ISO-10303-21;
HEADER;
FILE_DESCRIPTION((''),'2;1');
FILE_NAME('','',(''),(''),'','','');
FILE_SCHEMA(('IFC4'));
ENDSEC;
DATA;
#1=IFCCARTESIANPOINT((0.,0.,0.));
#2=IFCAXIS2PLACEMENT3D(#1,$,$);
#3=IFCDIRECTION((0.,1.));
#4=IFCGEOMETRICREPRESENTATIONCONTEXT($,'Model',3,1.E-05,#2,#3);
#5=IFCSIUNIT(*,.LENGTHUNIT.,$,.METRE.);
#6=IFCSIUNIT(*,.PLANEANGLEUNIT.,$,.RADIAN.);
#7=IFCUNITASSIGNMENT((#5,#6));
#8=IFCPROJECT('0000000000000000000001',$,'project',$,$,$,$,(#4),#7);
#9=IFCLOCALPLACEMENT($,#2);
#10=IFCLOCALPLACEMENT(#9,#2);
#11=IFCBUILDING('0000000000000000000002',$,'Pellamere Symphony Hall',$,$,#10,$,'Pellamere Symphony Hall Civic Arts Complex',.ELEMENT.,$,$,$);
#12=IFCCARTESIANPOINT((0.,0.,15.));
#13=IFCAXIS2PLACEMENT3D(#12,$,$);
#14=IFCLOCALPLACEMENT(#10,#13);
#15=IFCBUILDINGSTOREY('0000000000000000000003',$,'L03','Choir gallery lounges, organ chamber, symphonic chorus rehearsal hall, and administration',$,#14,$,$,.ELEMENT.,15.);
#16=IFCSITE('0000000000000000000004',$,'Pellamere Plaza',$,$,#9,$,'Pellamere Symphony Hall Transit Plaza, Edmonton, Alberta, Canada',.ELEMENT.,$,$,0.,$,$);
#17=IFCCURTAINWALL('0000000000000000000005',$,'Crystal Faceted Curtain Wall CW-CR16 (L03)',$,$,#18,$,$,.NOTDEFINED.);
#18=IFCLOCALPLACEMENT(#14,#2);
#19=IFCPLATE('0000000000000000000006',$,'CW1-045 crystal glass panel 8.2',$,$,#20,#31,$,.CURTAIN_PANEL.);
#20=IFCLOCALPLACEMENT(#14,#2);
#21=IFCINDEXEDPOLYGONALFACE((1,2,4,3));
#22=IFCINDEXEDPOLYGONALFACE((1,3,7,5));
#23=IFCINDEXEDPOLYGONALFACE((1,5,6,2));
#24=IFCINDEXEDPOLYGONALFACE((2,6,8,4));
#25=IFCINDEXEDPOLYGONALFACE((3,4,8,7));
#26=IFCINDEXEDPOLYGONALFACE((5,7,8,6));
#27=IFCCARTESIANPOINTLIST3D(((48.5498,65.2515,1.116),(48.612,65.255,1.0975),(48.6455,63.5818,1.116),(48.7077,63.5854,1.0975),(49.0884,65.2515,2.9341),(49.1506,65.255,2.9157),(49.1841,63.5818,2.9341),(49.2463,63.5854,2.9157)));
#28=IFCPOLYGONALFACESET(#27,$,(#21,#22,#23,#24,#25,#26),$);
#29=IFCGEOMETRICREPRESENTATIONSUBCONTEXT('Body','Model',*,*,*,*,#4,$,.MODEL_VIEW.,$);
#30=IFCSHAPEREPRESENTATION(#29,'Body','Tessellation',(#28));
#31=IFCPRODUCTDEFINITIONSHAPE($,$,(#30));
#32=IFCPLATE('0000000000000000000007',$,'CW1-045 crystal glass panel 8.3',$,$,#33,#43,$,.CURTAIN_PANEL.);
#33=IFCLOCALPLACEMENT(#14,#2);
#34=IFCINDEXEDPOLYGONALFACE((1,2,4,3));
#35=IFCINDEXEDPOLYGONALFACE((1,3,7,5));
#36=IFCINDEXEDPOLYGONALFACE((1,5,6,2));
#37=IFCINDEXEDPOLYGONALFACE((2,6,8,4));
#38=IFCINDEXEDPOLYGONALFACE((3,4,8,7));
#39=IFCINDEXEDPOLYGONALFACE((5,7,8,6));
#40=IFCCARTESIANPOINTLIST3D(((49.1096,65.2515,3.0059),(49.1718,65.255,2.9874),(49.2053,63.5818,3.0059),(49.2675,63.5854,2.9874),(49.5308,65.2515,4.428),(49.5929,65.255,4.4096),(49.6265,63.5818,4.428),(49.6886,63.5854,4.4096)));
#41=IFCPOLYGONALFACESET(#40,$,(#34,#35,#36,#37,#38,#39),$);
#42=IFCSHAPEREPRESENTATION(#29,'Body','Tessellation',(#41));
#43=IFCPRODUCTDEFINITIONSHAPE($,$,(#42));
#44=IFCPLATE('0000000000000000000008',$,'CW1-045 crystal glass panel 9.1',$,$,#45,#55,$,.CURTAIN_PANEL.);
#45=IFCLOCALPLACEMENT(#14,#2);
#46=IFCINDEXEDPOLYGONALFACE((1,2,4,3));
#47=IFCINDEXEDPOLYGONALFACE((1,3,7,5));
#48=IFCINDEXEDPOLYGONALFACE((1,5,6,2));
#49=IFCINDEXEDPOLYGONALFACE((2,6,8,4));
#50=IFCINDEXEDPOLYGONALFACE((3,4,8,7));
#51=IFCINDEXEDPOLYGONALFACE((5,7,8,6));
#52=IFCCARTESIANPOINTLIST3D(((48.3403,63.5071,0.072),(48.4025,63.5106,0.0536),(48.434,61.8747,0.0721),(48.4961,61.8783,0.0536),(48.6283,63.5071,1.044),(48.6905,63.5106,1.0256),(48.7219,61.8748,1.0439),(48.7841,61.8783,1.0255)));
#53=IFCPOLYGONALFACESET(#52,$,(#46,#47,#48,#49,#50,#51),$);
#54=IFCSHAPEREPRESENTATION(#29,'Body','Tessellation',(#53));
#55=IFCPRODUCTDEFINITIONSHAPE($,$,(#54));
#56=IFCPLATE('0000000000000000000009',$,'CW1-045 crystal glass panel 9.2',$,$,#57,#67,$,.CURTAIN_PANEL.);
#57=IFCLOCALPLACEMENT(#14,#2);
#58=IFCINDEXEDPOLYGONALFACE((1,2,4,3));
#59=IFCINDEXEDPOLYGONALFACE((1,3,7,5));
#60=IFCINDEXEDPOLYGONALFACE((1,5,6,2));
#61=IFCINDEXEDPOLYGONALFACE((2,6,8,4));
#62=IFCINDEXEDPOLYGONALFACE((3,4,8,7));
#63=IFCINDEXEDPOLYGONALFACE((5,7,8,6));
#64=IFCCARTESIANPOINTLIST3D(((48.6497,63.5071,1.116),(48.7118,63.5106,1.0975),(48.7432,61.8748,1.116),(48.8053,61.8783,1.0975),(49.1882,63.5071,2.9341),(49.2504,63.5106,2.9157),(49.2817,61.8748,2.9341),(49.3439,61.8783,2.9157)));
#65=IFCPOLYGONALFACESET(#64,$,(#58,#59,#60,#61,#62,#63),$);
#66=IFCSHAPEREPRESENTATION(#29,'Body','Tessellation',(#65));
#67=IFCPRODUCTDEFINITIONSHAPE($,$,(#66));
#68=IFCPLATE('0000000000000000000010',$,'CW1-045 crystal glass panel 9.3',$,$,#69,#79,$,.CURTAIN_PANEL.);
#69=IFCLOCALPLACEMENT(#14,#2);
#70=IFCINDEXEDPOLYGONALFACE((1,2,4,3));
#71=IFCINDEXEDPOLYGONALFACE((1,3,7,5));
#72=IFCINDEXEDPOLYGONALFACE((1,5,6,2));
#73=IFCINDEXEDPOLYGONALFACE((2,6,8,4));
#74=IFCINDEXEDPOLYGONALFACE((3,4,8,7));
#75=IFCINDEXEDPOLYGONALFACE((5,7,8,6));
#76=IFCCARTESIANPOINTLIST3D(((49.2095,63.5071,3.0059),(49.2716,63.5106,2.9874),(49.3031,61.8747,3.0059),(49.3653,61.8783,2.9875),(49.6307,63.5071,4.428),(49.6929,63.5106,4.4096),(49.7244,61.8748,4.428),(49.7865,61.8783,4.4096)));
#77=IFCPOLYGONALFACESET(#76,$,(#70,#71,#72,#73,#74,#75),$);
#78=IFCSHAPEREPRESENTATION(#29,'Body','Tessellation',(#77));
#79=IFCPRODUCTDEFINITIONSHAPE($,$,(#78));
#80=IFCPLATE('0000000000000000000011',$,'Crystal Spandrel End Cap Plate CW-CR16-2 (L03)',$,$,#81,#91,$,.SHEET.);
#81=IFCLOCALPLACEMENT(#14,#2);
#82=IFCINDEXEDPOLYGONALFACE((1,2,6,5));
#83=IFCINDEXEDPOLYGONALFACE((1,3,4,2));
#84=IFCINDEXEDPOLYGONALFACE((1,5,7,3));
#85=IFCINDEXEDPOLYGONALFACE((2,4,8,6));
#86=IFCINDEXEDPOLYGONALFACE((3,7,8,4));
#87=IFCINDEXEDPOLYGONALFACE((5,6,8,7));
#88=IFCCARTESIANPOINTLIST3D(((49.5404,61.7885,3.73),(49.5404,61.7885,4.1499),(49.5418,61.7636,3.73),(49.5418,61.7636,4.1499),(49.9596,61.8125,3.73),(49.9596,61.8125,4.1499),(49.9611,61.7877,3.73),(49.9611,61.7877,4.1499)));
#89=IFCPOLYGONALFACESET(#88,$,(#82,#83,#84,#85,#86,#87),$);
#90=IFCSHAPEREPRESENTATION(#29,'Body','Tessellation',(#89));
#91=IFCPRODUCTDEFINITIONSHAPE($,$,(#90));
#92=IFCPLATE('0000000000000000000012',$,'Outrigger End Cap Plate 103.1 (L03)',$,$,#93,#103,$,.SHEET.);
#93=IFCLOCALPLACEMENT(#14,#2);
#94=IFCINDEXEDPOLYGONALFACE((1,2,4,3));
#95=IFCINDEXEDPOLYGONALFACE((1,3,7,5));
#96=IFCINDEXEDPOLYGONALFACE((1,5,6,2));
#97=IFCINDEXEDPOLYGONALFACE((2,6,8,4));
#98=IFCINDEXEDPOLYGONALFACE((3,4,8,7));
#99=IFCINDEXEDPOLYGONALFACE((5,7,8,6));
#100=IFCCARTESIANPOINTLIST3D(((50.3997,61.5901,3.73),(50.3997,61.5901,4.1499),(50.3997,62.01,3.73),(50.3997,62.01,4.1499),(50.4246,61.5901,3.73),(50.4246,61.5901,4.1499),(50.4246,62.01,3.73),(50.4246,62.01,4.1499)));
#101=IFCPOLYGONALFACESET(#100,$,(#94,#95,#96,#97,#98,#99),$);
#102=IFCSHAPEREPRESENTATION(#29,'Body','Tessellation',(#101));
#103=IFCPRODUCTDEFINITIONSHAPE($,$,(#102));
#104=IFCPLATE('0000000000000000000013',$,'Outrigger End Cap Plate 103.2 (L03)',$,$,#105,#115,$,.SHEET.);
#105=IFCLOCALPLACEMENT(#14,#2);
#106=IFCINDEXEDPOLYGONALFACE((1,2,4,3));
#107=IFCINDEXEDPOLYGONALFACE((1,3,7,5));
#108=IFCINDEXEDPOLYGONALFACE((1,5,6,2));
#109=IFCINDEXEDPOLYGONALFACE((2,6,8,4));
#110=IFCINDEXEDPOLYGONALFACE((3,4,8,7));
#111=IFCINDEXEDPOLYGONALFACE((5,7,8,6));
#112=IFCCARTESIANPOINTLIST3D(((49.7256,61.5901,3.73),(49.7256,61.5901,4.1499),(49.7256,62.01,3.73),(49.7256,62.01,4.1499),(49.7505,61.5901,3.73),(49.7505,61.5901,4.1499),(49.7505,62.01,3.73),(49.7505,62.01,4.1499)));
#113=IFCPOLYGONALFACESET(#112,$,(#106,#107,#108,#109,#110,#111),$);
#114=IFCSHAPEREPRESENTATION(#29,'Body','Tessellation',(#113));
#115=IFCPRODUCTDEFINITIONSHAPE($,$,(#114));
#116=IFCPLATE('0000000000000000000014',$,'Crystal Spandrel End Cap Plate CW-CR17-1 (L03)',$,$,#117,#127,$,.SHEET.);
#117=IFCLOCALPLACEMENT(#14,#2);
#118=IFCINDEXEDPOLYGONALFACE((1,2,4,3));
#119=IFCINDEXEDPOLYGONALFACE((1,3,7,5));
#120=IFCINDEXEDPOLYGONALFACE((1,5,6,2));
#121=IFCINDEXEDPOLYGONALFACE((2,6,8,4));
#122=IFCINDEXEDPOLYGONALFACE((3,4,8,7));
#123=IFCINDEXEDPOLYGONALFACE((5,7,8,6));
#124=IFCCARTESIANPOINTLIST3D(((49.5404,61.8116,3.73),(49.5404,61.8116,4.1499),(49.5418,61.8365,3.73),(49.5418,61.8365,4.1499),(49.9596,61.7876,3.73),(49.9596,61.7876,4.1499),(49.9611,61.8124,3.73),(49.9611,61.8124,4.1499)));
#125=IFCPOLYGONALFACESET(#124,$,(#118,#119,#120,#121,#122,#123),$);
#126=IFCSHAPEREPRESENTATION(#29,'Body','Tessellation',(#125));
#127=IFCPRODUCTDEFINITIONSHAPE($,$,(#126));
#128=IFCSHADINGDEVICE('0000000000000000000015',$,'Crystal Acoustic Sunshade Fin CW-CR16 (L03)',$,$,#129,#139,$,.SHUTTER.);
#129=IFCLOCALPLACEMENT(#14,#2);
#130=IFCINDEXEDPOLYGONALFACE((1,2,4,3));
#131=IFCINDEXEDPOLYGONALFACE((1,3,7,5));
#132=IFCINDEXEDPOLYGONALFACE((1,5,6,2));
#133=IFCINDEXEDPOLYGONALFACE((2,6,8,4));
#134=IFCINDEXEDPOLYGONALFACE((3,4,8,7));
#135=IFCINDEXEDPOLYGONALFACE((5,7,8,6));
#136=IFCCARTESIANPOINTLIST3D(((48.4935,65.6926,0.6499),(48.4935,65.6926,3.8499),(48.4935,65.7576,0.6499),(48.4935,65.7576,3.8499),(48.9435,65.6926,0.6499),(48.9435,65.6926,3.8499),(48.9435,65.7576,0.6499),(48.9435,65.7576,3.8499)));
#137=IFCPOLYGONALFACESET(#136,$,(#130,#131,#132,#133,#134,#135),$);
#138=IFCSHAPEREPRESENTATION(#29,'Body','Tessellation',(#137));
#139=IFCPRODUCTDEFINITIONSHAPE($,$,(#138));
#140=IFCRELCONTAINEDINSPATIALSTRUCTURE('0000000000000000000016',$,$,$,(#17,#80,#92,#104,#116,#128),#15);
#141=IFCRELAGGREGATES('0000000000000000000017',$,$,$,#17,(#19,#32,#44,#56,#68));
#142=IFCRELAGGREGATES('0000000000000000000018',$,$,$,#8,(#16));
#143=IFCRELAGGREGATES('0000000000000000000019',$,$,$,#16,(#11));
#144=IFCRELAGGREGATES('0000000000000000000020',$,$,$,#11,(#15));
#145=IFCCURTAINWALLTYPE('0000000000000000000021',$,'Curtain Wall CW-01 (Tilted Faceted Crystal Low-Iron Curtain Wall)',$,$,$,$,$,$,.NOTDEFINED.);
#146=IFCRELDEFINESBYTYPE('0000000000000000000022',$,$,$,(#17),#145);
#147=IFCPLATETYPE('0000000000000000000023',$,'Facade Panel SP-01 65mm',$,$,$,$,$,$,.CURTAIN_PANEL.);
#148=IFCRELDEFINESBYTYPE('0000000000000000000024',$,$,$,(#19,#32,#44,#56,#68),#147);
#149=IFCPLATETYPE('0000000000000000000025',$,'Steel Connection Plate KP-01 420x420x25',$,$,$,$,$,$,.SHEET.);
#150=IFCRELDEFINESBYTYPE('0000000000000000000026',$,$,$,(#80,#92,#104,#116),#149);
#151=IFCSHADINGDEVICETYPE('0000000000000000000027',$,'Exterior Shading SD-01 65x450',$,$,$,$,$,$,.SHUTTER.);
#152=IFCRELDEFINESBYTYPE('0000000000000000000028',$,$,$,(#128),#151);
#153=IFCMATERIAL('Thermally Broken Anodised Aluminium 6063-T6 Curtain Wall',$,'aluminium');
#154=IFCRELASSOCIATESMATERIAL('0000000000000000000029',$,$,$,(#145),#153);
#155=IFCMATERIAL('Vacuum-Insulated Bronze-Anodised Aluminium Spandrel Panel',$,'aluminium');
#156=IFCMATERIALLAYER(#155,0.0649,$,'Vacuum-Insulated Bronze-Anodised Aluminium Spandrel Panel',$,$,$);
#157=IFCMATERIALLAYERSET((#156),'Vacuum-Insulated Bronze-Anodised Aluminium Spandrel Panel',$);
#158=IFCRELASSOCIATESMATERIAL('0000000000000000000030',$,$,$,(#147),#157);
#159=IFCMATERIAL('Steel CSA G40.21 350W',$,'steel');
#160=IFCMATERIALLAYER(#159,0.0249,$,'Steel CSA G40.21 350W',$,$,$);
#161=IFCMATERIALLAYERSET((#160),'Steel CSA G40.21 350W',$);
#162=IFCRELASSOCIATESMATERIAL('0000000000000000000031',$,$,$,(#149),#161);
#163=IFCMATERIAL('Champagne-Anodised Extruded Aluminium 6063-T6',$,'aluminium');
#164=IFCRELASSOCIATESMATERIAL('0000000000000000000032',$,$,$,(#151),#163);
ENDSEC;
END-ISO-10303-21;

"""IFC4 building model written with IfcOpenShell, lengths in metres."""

from ifc_helpers import new_model, si_unit, direction, frame, origin, origin_2d, place, context, subcontext, project, spatial, polyline, rectangle, outline, extrude, material, layer, layer_set, type_object, element, aggregate, save


model = new_model("IFC4")

# Units and contexts
model_context = context("Model", 3, precision=1e-05, world=origin(), true_north=direction((0.0, 1.0)))
body_context = subcontext(model_context, "Body", "Model", "MODEL_VIEW")
ifc_project = project(units=[si_unit("LENGTHUNIT", "METRE"), si_unit("PLANEANGLEUNIT", "RADIAN")], contexts=[model_context])

# Site, building, storey
site_placement = place(None, origin())
site = spatial("IfcSite", under=ifc_project, at=site_placement, Name="Pellamere Plaza", LongName="Pellamere Symphony Hall Transit Plaza, Edmonton, Alberta, Canada", CompositionType="ELEMENT", RefElevation=0.0)
building_placement = place(site_placement, origin())
building = spatial("IfcBuilding", under=site, at=building_placement, Name="Pellamere Symphony Hall", LongName="Pellamere Symphony Hall Civic Arts Complex", CompositionType="ELEMENT")
storey_placement = place(building_placement, frame((0.0, 0.0, 15.0)))
storey = spatial("IfcBuildingStorey", under=building, at=storey_placement, Name="L03", Description="Choir gallery lounges, organ chamber, symphonic chorus rehearsal hall, and administration", CompositionType="ELEMENT", Elevation=15.0)

# Curtain wall
ifc_material_1 = material(Name="Thermally Broken Anodised Aluminium 6063-T6 Curtain Wall", Category="aluminium")
curtain_wall_type = type_object("IfcCurtainWallType", Name="Curtain Wall CW-01 (Tilted Faceted Crystal Low-Iron Curtain Wall)", PredefinedType="NOTDEFINED", material=ifc_material_1)
curtain_wall_1_placement = place(storey_placement, origin())
curtain_wall_1 = element("IfcCurtainWall", 1, at=curtain_wall_1_placement, inside=storey, type_object=curtain_wall_type, Name="Crystal Faceted Curtain Wall CW-CR16 (L03)", PredefinedType="NOTDEFINED")

# Shared definitions
ifc_material_2 = material(Name="Steel CSA G40.21 350W", Category="steel")

# Plates
ifc_material_3 = material(Name="Vacuum-Insulated Bronze-Anodised Aluminium Spandrel Panel", Category="aluminium")
ifc_layer_1 = layer(ifc_material_3, 0.0649, Name="Vacuum-Insulated Bronze-Anodised Aluminium Spandrel Panel")
ifc_layer_set_1 = layer_set([ifc_layer_1], Name="Vacuum-Insulated Bronze-Anodised Aluminium Spandrel Panel")
plate_type_1 = type_object("IfcPlateType", Name="Facade Panel SP-01 65mm", PredefinedType="CURTAIN_PANEL", material=ifc_layer_set_1)
plate_1_placement = place(storey_placement, frame((48.5498, 65.2515, 1.116), z_axis=(-0.957372, -0.054875, 0.283599), x_axis=(0.057224, -0.998361, 0.0)))
plate_1 = element("IfcPlate", 2, at=plate_1_placement, type_object=plate_type_1, Name="CW1-045 crystal glass panel 8.2", PredefinedType="CURTAIN_PANEL", context=body_context, shape_type="SweptSolid", body=[
    extrude(outline(polyline([(0.0, 0.0), (1.6724, 0.0), (1.7032, 1.896), (0.0308, 1.896), (0.0, 0.0)])), origin(), (0.0, 0.0, -1.0), 0.0649),
])
plate_2_placement = place(storey_placement, frame((49.1096, 65.2515, 3.0059), z_axis=(-0.957395, -0.054876, 0.28352), x_axis=(0.057224, -0.998361, 0.0)))
plate_2 = element("IfcPlate", 3, at=plate_2_placement, type_object=plate_type_1, Name="CW1-045 crystal glass panel 8.3", PredefinedType="CURTAIN_PANEL", context=body_context, shape_type="SweptSolid", body=[
    extrude(outline(polyline([(0.0, 0.0), (1.6724, 0.0), (1.6965, 1.483), (0.0241, 1.483), (0.0, 0.0)])), origin(), (0.0, 0.0, -1.0), 0.0649),
])
plate_3_placement = place(storey_placement, frame((48.3403, 63.5071, 0.072), z_axis=(-0.957355, -0.054913, 0.283647), x_axis=(0.057271, -0.998359, 0.00002)))
plate_3 = element("IfcPlate", 4, at=plate_3_placement, type_object=plate_type_1, Name="CW1-045 crystal glass panel 9.1", PredefinedType="CURTAIN_PANEL", context=body_context, shape_type="SweptSolid", body=[
    extrude(outline(polyline([(0.0, 0.0), (1.635, 0.0), (1.6515, 1.0135), (0.0165, 1.0136), (0.0, 0.0)])), origin(), (0.0, 0.0, -1.0), 0.0649),
])
plate_4_placement = place(storey_placement, frame((48.6497, 63.5071, 1.116), z_axis=(-0.957373, -0.054842, 0.2836), x_axis=(0.05719, -0.998363, 0.0)))
plate_4 = element("IfcPlate", 5, at=plate_4_placement, type_object=plate_type_1, Name="CW1-045 crystal glass panel 9.2", PredefinedType="CURTAIN_PANEL", context=body_context, shape_type="SweptSolid", body=[
    extrude(outline(polyline([(0.0, 0.0), (1.635, 0.0), (1.6658, 1.896), (0.0308, 1.896), (0.0, 0.0)])), origin(), (0.0, 0.0, -1.0), 0.0649),
])
plate_5_placement = place(storey_placement, frame((49.2095, 63.5071, 3.0059), z_axis=(-0.95737, -0.054913, 0.283595), x_axis=(0.057271, -0.998359, 0.00002)))
plate_5 = element("IfcPlate", 6, at=plate_5_placement, type_object=plate_type_1, Name="CW1-045 crystal glass panel 9.3", PredefinedType="CURTAIN_PANEL", context=body_context, shape_type="SweptSolid", body=[
    extrude(outline(polyline([(0.0, 0.0), (1.635, 0.0), (1.6592, 1.483), (0.0242, 1.483), (0.0, 0.0)])), origin(), (0.0, 0.0, -1.0), 0.0649),
])
aggregate(curtain_wall_1, [plate_1, plate_2, plate_3, plate_4, plate_5])

# Plates
ifc_layer_2 = layer(ifc_material_2, 0.0249, Name="Steel CSA G40.21 350W")
ifc_layer_set_2 = layer_set([ifc_layer_2], Name="Steel CSA G40.21 350W")
plate_type_2 = type_object("IfcPlateType", Name="Steel Connection Plate KP-01 420x420x25", PredefinedType="SHEET", material=ifc_layer_set_2)
for number, where, z_axis, x_axis, name in (
    (7, (49.7507, 61.7881, 3.73), (0.0, 0.0, 1.0), (0.057216, -0.998362, 0.0), "Crystal Spandrel End Cap Plate CW-CR16-2 (L03)"),
    (8, (50.4121, 61.8, 3.73), (0.0, 0.0, 1.0), (-1.0, 0.0, 0.0), "Outrigger End Cap Plate 103.1 (L03)"),
    (9, (49.738, 61.8, 3.73), (0.0, 0.0, 1.0), (-1.0, 0.0, 0.0), "Outrigger End Cap Plate 103.2 (L03)"),
    (10, (49.7507, 61.812, 3.73), (0.0, 0.0, 1.0), (-0.057216, -0.998362, 0.0), "Crystal Spandrel End Cap Plate CW-CR17-1 (L03)"),
):
    element("IfcPlate", number, at=place(storey_placement, frame(where, z_axis=z_axis, x_axis=x_axis)), inside=storey, type_object=plate_type_2, Name=name, PredefinedType="SHEET", context=body_context, shape_type="SweptSolid", body=[
        extrude(rectangle(XDim=0.0249, YDim=0.4199, at=origin_2d()), origin(), (0.0, 0.0, 1.0), 0.4199),
    ])

# Shading device
ifc_material_4 = material(Name="Champagne-Anodised Extruded Aluminium 6063-T6", Category="aluminium")
shading_device_type = type_object("IfcShadingDeviceType", Name="Exterior Shading SD-01 65x450", PredefinedType="SHUTTER", material=ifc_material_4)
shading_device_placement = place(storey_placement, frame((48.7185, 65.7251, 0.6499), z_axis=(0.0, 0.0, 1.0), x_axis=(0.0, 1.0, 0.0)))
element("IfcShadingDevice", 11, at=shading_device_placement, inside=storey, type_object=shading_device_type, Name="Crystal Acoustic Sunshade Fin CW-CR16 (L03)", PredefinedType="SHUTTER", context=body_context, shape_type="SweptSolid", body=[
    extrude(rectangle(XDim=0.0649, YDim=0.45, at=origin_2d()), origin(), (0.0, 0.0, 1.0), 3.2),
])

save(model, "model.ifc")
